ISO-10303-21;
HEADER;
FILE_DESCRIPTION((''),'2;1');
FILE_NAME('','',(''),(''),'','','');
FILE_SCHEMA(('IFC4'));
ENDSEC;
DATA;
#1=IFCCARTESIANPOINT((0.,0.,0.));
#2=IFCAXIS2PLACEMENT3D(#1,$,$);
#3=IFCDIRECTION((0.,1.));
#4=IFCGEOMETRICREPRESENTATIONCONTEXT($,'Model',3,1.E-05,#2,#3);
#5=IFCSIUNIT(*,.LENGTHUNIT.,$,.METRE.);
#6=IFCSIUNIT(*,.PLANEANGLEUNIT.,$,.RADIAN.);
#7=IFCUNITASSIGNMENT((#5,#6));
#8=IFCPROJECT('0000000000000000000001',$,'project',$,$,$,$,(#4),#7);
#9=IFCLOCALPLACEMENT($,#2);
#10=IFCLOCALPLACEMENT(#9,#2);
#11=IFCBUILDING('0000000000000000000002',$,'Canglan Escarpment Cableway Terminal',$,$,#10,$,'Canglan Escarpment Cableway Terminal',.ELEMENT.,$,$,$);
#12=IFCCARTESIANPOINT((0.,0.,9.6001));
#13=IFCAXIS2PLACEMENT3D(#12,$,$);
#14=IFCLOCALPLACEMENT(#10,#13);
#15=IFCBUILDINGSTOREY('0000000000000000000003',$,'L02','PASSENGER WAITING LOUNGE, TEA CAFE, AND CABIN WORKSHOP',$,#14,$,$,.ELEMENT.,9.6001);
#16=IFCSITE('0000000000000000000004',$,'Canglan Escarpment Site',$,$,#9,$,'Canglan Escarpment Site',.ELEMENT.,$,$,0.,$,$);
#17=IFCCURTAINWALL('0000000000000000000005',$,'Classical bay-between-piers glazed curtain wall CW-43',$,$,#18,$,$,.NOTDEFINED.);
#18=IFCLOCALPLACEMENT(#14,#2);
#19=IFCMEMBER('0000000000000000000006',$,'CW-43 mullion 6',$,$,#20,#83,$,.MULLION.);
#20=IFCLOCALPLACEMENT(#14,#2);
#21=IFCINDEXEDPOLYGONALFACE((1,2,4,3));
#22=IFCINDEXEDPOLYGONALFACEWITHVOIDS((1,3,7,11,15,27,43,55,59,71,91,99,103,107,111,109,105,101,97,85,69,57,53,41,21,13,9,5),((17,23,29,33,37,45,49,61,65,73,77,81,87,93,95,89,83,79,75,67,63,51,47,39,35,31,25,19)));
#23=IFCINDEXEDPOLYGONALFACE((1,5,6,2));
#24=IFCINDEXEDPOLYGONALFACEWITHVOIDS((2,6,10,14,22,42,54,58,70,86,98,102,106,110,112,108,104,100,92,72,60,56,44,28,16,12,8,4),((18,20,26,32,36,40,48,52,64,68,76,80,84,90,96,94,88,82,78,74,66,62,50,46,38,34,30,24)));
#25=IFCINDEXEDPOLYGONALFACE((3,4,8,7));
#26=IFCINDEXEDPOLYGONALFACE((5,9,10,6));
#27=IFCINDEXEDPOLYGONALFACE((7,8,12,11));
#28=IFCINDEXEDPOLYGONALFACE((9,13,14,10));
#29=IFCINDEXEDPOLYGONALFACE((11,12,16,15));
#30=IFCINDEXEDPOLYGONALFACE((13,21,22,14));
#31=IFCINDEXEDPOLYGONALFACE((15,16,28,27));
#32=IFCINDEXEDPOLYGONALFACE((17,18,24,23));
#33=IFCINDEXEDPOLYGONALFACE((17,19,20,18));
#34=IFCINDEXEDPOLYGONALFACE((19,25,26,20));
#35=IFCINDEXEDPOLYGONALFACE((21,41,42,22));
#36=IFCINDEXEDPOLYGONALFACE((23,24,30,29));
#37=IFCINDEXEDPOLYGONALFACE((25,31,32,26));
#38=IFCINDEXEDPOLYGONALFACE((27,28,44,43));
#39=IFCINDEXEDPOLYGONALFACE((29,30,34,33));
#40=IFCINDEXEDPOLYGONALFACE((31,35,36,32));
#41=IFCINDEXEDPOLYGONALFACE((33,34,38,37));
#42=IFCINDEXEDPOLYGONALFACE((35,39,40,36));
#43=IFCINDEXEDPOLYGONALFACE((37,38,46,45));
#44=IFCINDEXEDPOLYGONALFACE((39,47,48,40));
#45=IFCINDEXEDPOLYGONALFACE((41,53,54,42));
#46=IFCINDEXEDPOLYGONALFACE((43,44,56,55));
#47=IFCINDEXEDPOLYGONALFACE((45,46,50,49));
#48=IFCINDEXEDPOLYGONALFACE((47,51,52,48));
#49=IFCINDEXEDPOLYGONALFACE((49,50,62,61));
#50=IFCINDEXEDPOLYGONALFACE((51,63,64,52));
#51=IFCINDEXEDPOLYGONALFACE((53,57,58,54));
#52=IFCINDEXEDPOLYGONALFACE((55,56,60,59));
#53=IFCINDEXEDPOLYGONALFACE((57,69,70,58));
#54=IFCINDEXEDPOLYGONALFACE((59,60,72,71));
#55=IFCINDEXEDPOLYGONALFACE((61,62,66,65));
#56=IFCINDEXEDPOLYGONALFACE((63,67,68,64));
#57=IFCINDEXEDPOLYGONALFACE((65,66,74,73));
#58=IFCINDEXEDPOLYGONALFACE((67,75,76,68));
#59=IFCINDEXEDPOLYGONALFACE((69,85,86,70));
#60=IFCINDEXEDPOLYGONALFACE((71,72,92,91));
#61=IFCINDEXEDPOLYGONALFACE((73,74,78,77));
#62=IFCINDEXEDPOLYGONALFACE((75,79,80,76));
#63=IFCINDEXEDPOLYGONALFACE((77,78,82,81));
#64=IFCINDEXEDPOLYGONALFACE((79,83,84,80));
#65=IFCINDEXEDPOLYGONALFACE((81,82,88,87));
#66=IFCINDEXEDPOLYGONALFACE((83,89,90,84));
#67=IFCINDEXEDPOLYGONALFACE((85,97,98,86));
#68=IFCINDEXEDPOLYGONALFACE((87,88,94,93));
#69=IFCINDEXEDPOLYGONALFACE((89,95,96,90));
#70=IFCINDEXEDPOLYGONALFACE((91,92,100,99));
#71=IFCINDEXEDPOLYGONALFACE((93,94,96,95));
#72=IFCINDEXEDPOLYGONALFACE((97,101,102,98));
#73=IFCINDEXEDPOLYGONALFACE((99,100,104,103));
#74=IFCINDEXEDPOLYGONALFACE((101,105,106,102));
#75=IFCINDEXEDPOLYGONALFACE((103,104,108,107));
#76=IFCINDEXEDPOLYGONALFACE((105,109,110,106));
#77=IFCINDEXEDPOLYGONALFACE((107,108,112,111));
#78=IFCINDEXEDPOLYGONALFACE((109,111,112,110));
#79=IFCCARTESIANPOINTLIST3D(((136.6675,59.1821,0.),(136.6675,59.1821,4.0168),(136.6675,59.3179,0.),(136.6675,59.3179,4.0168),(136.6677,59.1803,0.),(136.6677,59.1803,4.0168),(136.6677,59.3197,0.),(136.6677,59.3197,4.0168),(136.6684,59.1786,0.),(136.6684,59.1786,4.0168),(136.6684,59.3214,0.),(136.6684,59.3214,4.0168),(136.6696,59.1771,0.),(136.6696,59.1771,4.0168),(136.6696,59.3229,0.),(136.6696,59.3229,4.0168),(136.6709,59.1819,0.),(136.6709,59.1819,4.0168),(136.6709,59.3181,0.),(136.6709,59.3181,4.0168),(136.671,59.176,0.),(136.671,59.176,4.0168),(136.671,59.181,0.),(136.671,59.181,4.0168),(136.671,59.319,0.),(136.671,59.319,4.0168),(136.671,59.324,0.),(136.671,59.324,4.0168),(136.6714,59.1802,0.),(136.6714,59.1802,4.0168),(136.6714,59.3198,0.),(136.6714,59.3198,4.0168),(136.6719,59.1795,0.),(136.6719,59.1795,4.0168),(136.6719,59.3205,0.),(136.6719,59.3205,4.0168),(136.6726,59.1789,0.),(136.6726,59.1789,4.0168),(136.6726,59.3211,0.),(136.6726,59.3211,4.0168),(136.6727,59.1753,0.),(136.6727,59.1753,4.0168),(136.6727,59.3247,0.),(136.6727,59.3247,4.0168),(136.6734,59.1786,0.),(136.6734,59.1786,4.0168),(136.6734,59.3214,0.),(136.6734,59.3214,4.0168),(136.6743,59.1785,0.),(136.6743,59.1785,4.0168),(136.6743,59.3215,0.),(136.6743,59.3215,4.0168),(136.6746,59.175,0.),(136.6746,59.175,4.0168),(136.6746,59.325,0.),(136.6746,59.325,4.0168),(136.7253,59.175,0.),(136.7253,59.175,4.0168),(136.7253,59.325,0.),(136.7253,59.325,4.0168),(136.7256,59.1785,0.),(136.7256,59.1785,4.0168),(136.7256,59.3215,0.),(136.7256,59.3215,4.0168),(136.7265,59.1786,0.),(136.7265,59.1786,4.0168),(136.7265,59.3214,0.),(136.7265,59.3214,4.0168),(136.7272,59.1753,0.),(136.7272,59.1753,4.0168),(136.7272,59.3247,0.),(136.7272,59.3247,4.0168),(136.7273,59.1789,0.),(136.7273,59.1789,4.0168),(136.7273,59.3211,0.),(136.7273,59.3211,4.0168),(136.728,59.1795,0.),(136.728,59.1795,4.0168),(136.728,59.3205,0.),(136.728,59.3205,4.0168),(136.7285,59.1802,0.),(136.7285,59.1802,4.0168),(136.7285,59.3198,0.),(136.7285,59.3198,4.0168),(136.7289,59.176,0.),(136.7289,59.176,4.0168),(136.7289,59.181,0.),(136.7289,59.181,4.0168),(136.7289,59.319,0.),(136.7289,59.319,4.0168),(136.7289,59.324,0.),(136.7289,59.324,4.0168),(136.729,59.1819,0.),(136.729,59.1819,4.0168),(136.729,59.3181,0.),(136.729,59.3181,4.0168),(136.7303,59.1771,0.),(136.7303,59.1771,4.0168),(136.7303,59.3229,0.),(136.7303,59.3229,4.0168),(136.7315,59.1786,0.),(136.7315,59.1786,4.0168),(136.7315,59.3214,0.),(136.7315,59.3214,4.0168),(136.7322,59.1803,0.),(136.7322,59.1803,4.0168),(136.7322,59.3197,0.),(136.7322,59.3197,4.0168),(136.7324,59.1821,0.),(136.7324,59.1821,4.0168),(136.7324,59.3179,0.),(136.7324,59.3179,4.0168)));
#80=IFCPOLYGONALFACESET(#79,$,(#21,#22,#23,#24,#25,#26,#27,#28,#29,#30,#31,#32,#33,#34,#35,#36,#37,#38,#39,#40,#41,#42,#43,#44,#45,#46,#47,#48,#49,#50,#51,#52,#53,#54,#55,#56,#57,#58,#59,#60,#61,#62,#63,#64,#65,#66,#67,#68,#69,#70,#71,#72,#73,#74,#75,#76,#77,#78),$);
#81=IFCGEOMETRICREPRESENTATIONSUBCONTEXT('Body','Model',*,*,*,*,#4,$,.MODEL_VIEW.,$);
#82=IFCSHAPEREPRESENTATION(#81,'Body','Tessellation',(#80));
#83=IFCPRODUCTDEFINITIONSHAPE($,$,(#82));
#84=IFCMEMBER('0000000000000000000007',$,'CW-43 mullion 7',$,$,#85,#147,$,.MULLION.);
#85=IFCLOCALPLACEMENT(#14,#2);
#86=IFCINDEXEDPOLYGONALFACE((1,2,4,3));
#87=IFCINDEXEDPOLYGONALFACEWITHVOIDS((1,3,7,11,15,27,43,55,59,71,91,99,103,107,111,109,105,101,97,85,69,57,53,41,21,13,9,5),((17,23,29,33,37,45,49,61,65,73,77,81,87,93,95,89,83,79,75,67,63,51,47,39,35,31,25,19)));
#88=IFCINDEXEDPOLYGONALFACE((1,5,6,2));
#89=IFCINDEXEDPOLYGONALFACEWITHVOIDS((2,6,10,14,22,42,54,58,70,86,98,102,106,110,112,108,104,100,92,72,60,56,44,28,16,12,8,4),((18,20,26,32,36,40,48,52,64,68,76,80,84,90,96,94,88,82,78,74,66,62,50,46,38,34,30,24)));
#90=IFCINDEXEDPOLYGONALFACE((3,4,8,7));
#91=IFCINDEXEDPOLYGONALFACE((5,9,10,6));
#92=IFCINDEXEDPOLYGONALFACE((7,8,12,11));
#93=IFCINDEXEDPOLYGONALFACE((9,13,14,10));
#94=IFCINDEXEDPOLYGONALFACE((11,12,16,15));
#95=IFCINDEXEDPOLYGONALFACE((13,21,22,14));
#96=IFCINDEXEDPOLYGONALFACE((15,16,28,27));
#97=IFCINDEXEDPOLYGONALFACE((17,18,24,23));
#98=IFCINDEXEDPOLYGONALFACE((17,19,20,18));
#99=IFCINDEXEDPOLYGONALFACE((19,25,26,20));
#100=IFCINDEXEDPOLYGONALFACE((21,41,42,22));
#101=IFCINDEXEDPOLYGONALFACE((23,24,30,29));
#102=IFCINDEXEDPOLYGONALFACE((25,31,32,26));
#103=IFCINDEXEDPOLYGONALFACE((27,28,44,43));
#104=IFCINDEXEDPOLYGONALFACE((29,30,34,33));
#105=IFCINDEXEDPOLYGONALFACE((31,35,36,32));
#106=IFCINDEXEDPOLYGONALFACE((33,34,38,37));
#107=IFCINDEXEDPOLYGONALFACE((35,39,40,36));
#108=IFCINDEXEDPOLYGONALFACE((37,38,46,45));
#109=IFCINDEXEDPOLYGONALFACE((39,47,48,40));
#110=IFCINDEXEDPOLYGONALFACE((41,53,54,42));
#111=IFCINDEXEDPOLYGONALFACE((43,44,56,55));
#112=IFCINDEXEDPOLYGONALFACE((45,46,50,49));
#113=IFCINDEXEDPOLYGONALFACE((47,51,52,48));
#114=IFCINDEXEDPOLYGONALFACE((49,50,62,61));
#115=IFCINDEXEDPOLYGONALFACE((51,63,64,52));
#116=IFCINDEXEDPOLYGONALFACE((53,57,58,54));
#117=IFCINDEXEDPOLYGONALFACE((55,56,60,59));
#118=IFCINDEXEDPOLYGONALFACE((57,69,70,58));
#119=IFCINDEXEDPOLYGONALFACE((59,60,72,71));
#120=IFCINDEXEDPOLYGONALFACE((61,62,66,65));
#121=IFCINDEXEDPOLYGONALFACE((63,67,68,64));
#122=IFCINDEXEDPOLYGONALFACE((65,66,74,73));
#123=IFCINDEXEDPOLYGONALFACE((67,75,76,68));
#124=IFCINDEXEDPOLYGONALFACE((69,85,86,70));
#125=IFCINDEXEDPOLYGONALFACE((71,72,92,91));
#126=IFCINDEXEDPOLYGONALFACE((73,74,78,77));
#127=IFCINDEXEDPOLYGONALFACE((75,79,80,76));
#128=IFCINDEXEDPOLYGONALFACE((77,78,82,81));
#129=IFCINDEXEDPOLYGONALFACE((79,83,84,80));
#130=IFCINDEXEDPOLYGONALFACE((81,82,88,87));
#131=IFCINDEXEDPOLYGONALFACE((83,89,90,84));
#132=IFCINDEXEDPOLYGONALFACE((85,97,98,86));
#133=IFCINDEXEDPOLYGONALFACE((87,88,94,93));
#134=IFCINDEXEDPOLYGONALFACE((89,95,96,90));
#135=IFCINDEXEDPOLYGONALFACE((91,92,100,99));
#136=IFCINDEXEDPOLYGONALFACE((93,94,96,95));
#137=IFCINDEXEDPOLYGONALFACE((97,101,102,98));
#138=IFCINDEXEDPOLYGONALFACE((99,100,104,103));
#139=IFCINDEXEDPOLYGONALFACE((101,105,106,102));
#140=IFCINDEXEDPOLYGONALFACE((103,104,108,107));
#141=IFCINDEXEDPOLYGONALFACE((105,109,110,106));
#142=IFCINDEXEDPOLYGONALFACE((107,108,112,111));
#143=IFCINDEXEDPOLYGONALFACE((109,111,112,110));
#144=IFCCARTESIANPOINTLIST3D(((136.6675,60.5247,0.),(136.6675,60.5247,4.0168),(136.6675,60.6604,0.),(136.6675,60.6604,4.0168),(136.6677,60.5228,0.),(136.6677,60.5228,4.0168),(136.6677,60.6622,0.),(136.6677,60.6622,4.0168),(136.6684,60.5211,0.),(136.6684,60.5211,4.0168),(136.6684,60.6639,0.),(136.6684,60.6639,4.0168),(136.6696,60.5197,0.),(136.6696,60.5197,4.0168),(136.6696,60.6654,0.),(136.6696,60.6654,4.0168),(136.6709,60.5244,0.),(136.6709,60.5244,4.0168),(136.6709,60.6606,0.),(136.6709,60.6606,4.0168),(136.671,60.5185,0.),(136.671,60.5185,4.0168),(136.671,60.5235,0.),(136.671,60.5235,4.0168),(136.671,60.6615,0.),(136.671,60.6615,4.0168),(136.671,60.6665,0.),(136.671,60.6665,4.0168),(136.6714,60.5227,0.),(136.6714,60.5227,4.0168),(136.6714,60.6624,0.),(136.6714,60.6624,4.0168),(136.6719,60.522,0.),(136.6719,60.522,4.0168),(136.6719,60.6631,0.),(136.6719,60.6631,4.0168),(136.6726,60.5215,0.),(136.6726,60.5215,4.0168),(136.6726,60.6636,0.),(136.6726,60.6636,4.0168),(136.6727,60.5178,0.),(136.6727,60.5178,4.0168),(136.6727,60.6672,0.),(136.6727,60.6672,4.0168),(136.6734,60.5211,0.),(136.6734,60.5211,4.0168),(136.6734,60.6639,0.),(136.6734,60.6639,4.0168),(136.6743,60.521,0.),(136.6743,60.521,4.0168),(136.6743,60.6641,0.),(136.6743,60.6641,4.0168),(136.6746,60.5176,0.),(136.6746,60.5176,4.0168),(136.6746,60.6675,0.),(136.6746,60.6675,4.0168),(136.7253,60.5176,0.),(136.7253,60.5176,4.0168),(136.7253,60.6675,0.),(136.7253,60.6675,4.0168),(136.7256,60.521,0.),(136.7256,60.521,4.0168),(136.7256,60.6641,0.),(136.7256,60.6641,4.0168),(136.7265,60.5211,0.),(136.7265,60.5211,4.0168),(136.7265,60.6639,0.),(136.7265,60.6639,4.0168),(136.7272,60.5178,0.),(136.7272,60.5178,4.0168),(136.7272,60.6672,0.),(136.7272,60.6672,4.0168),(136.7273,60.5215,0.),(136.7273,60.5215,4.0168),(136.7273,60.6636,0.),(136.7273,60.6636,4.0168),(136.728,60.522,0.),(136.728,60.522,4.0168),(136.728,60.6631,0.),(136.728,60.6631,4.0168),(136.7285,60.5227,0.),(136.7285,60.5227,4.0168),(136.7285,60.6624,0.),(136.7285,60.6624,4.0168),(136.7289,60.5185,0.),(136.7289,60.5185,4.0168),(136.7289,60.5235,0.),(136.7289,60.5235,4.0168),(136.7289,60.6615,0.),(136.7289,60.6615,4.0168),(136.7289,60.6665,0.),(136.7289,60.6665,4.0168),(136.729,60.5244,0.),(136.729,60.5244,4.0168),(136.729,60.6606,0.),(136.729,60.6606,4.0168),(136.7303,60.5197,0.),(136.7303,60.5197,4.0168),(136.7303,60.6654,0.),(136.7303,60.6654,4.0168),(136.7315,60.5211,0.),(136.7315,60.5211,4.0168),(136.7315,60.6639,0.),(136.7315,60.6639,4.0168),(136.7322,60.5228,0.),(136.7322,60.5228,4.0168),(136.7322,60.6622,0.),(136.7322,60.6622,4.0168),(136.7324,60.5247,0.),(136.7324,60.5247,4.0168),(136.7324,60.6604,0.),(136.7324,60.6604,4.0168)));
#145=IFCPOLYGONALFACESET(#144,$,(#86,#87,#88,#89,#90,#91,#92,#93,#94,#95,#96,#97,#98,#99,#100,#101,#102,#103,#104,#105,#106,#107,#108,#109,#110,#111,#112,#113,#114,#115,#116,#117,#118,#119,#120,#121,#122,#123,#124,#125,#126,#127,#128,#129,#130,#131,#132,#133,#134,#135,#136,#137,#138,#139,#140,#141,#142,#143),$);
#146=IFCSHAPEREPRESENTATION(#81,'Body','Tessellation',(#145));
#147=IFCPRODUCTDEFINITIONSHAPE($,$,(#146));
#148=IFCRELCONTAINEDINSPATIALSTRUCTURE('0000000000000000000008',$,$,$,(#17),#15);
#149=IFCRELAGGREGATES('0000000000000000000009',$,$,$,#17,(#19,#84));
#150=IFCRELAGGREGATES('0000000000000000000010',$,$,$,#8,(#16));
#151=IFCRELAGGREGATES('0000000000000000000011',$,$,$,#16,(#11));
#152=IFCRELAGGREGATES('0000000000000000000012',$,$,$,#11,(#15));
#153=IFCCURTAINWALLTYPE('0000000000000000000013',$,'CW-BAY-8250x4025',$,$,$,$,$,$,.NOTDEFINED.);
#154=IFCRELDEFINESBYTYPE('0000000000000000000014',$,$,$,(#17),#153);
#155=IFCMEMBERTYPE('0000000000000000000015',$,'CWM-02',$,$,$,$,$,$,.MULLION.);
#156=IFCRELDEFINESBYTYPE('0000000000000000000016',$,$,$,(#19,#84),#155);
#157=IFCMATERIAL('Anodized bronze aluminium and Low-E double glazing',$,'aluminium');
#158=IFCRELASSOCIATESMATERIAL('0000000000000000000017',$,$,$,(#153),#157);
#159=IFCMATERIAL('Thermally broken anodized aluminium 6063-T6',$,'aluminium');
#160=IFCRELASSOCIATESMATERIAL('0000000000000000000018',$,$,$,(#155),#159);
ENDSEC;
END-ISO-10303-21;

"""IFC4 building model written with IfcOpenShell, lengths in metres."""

from ifc_helpers import new_model, si_unit, direction, frame, origin, origin_2d, place, context, subcontext, project, spatial, hollow_rectangle, extrude, material, material_profile, profile_set, type_object, element, aggregate, save


model = new_model("IFC4")

# Units and contexts
model_context = context("Model", 3, precision=1e-05, world=origin(), true_north=direction((0.0, 1.0)))
body_context = subcontext(model_context, "Body", "Model", "MODEL_VIEW")
ifc_project = project(units=[si_unit("LENGTHUNIT", "METRE"), si_unit("PLANEANGLEUNIT", "RADIAN")], contexts=[model_context])

# Site, building, storey
site_placement = place(None, origin())
site = spatial("IfcSite", under=ifc_project, at=site_placement, Name="Canglan Escarpment Site", LongName="Canglan Escarpment Site", CompositionType="ELEMENT", RefElevation=0.0)
building_placement = place(site_placement, origin())
building = spatial("IfcBuilding", under=site, at=building_placement, Name="Canglan Escarpment Cableway Terminal", LongName="Canglan Escarpment Cableway Terminal", CompositionType="ELEMENT")
storey_placement = place(building_placement, frame((0.0, 0.0, 9.6001)))
storey = spatial("IfcBuildingStorey", under=building, at=storey_placement, Name="L02", Description="PASSENGER WAITING LOUNGE, TEA CAFE, AND CABIN WORKSHOP", CompositionType="ELEMENT", Elevation=9.6001)

# Curtain wall, members
ifc_material_1 = material(Name="Anodized bronze aluminium and Low-E double glazing", Category="aluminium")
curtain_wall_type = type_object("IfcCurtainWallType", Name="CW-BAY-8250x4025", PredefinedType="NOTDEFINED", material=ifc_material_1)
curtain_wall_1_placement = place(storey_placement, origin())
curtain_wall_1 = element("IfcCurtainWall", 1, at=curtain_wall_1_placement, inside=storey, type_object=curtain_wall_type, Name="Classical bay-between-piers glazed curtain wall CW-43", PredefinedType="NOTDEFINED")
ifc_material_2 = material(Name="Thermally broken anodized aluminium 6063-T6", Category="aluminium")
ifc_material_profile_1 = material_profile(ifc_material_2, hollow_rectangle(XDim=0.0649, YDim=0.1499, WallThickness=0.0034, InnerFilletRadius=0.0034, OuterFilletRadius=0.0071, at=origin_2d()), Name="ALU-MULL 65x150x3.5")
ifc_profile_set_1 = profile_set([ifc_material_profile_1], Name="Thermally broken anodized aluminium 6063-T6")
member_type_1 = type_object("IfcMemberType", Name="CWM-02", PredefinedType="MULLION", material=ifc_profile_set_1)
member_1_placement = place(storey_placement, frame((136.7, 59.25, 0.0), z_axis=(0.0, 0.0, 1.0), x_axis=(-1.0, 0.0, 0.0)))
member_1 = element("IfcMember", 2, at=member_1_placement, type_object=member_type_1, Name="CW-43 mullion 6", PredefinedType="MULLION", context=body_context, shape_type="SweptSolid", body=[
    extrude(hollow_rectangle(XDim=0.0649, YDim=0.1499, WallThickness=0.0034, InnerFilletRadius=0.0034, OuterFilletRadius=0.0071, at=origin_2d()), origin(), (0.0, 0.0, 1.0), 4.0168),
])
member_2_placement = place(storey_placement, frame((136.7, 60.5925, 0.0), z_axis=(0.0, 0.0, 1.0), x_axis=(-1.0, 0.0, 0.0)))
member_2 = element("IfcMember", 3, at=member_2_placement, type_object=member_type_1, Name="CW-43 mullion 7", PredefinedType="MULLION", context=body_context, shape_type="SweptSolid", body=[
    extrude(hollow_rectangle(XDim=0.0649, YDim=0.1499, WallThickness=0.0034, InnerFilletRadius=0.0034, OuterFilletRadius=0.0071, at=origin_2d()), origin(), (0.0, 0.0, 1.0), 4.0168),
])

aggregate(curtain_wall_1, [member_1, member_2])

save(model, "model.ifc")
